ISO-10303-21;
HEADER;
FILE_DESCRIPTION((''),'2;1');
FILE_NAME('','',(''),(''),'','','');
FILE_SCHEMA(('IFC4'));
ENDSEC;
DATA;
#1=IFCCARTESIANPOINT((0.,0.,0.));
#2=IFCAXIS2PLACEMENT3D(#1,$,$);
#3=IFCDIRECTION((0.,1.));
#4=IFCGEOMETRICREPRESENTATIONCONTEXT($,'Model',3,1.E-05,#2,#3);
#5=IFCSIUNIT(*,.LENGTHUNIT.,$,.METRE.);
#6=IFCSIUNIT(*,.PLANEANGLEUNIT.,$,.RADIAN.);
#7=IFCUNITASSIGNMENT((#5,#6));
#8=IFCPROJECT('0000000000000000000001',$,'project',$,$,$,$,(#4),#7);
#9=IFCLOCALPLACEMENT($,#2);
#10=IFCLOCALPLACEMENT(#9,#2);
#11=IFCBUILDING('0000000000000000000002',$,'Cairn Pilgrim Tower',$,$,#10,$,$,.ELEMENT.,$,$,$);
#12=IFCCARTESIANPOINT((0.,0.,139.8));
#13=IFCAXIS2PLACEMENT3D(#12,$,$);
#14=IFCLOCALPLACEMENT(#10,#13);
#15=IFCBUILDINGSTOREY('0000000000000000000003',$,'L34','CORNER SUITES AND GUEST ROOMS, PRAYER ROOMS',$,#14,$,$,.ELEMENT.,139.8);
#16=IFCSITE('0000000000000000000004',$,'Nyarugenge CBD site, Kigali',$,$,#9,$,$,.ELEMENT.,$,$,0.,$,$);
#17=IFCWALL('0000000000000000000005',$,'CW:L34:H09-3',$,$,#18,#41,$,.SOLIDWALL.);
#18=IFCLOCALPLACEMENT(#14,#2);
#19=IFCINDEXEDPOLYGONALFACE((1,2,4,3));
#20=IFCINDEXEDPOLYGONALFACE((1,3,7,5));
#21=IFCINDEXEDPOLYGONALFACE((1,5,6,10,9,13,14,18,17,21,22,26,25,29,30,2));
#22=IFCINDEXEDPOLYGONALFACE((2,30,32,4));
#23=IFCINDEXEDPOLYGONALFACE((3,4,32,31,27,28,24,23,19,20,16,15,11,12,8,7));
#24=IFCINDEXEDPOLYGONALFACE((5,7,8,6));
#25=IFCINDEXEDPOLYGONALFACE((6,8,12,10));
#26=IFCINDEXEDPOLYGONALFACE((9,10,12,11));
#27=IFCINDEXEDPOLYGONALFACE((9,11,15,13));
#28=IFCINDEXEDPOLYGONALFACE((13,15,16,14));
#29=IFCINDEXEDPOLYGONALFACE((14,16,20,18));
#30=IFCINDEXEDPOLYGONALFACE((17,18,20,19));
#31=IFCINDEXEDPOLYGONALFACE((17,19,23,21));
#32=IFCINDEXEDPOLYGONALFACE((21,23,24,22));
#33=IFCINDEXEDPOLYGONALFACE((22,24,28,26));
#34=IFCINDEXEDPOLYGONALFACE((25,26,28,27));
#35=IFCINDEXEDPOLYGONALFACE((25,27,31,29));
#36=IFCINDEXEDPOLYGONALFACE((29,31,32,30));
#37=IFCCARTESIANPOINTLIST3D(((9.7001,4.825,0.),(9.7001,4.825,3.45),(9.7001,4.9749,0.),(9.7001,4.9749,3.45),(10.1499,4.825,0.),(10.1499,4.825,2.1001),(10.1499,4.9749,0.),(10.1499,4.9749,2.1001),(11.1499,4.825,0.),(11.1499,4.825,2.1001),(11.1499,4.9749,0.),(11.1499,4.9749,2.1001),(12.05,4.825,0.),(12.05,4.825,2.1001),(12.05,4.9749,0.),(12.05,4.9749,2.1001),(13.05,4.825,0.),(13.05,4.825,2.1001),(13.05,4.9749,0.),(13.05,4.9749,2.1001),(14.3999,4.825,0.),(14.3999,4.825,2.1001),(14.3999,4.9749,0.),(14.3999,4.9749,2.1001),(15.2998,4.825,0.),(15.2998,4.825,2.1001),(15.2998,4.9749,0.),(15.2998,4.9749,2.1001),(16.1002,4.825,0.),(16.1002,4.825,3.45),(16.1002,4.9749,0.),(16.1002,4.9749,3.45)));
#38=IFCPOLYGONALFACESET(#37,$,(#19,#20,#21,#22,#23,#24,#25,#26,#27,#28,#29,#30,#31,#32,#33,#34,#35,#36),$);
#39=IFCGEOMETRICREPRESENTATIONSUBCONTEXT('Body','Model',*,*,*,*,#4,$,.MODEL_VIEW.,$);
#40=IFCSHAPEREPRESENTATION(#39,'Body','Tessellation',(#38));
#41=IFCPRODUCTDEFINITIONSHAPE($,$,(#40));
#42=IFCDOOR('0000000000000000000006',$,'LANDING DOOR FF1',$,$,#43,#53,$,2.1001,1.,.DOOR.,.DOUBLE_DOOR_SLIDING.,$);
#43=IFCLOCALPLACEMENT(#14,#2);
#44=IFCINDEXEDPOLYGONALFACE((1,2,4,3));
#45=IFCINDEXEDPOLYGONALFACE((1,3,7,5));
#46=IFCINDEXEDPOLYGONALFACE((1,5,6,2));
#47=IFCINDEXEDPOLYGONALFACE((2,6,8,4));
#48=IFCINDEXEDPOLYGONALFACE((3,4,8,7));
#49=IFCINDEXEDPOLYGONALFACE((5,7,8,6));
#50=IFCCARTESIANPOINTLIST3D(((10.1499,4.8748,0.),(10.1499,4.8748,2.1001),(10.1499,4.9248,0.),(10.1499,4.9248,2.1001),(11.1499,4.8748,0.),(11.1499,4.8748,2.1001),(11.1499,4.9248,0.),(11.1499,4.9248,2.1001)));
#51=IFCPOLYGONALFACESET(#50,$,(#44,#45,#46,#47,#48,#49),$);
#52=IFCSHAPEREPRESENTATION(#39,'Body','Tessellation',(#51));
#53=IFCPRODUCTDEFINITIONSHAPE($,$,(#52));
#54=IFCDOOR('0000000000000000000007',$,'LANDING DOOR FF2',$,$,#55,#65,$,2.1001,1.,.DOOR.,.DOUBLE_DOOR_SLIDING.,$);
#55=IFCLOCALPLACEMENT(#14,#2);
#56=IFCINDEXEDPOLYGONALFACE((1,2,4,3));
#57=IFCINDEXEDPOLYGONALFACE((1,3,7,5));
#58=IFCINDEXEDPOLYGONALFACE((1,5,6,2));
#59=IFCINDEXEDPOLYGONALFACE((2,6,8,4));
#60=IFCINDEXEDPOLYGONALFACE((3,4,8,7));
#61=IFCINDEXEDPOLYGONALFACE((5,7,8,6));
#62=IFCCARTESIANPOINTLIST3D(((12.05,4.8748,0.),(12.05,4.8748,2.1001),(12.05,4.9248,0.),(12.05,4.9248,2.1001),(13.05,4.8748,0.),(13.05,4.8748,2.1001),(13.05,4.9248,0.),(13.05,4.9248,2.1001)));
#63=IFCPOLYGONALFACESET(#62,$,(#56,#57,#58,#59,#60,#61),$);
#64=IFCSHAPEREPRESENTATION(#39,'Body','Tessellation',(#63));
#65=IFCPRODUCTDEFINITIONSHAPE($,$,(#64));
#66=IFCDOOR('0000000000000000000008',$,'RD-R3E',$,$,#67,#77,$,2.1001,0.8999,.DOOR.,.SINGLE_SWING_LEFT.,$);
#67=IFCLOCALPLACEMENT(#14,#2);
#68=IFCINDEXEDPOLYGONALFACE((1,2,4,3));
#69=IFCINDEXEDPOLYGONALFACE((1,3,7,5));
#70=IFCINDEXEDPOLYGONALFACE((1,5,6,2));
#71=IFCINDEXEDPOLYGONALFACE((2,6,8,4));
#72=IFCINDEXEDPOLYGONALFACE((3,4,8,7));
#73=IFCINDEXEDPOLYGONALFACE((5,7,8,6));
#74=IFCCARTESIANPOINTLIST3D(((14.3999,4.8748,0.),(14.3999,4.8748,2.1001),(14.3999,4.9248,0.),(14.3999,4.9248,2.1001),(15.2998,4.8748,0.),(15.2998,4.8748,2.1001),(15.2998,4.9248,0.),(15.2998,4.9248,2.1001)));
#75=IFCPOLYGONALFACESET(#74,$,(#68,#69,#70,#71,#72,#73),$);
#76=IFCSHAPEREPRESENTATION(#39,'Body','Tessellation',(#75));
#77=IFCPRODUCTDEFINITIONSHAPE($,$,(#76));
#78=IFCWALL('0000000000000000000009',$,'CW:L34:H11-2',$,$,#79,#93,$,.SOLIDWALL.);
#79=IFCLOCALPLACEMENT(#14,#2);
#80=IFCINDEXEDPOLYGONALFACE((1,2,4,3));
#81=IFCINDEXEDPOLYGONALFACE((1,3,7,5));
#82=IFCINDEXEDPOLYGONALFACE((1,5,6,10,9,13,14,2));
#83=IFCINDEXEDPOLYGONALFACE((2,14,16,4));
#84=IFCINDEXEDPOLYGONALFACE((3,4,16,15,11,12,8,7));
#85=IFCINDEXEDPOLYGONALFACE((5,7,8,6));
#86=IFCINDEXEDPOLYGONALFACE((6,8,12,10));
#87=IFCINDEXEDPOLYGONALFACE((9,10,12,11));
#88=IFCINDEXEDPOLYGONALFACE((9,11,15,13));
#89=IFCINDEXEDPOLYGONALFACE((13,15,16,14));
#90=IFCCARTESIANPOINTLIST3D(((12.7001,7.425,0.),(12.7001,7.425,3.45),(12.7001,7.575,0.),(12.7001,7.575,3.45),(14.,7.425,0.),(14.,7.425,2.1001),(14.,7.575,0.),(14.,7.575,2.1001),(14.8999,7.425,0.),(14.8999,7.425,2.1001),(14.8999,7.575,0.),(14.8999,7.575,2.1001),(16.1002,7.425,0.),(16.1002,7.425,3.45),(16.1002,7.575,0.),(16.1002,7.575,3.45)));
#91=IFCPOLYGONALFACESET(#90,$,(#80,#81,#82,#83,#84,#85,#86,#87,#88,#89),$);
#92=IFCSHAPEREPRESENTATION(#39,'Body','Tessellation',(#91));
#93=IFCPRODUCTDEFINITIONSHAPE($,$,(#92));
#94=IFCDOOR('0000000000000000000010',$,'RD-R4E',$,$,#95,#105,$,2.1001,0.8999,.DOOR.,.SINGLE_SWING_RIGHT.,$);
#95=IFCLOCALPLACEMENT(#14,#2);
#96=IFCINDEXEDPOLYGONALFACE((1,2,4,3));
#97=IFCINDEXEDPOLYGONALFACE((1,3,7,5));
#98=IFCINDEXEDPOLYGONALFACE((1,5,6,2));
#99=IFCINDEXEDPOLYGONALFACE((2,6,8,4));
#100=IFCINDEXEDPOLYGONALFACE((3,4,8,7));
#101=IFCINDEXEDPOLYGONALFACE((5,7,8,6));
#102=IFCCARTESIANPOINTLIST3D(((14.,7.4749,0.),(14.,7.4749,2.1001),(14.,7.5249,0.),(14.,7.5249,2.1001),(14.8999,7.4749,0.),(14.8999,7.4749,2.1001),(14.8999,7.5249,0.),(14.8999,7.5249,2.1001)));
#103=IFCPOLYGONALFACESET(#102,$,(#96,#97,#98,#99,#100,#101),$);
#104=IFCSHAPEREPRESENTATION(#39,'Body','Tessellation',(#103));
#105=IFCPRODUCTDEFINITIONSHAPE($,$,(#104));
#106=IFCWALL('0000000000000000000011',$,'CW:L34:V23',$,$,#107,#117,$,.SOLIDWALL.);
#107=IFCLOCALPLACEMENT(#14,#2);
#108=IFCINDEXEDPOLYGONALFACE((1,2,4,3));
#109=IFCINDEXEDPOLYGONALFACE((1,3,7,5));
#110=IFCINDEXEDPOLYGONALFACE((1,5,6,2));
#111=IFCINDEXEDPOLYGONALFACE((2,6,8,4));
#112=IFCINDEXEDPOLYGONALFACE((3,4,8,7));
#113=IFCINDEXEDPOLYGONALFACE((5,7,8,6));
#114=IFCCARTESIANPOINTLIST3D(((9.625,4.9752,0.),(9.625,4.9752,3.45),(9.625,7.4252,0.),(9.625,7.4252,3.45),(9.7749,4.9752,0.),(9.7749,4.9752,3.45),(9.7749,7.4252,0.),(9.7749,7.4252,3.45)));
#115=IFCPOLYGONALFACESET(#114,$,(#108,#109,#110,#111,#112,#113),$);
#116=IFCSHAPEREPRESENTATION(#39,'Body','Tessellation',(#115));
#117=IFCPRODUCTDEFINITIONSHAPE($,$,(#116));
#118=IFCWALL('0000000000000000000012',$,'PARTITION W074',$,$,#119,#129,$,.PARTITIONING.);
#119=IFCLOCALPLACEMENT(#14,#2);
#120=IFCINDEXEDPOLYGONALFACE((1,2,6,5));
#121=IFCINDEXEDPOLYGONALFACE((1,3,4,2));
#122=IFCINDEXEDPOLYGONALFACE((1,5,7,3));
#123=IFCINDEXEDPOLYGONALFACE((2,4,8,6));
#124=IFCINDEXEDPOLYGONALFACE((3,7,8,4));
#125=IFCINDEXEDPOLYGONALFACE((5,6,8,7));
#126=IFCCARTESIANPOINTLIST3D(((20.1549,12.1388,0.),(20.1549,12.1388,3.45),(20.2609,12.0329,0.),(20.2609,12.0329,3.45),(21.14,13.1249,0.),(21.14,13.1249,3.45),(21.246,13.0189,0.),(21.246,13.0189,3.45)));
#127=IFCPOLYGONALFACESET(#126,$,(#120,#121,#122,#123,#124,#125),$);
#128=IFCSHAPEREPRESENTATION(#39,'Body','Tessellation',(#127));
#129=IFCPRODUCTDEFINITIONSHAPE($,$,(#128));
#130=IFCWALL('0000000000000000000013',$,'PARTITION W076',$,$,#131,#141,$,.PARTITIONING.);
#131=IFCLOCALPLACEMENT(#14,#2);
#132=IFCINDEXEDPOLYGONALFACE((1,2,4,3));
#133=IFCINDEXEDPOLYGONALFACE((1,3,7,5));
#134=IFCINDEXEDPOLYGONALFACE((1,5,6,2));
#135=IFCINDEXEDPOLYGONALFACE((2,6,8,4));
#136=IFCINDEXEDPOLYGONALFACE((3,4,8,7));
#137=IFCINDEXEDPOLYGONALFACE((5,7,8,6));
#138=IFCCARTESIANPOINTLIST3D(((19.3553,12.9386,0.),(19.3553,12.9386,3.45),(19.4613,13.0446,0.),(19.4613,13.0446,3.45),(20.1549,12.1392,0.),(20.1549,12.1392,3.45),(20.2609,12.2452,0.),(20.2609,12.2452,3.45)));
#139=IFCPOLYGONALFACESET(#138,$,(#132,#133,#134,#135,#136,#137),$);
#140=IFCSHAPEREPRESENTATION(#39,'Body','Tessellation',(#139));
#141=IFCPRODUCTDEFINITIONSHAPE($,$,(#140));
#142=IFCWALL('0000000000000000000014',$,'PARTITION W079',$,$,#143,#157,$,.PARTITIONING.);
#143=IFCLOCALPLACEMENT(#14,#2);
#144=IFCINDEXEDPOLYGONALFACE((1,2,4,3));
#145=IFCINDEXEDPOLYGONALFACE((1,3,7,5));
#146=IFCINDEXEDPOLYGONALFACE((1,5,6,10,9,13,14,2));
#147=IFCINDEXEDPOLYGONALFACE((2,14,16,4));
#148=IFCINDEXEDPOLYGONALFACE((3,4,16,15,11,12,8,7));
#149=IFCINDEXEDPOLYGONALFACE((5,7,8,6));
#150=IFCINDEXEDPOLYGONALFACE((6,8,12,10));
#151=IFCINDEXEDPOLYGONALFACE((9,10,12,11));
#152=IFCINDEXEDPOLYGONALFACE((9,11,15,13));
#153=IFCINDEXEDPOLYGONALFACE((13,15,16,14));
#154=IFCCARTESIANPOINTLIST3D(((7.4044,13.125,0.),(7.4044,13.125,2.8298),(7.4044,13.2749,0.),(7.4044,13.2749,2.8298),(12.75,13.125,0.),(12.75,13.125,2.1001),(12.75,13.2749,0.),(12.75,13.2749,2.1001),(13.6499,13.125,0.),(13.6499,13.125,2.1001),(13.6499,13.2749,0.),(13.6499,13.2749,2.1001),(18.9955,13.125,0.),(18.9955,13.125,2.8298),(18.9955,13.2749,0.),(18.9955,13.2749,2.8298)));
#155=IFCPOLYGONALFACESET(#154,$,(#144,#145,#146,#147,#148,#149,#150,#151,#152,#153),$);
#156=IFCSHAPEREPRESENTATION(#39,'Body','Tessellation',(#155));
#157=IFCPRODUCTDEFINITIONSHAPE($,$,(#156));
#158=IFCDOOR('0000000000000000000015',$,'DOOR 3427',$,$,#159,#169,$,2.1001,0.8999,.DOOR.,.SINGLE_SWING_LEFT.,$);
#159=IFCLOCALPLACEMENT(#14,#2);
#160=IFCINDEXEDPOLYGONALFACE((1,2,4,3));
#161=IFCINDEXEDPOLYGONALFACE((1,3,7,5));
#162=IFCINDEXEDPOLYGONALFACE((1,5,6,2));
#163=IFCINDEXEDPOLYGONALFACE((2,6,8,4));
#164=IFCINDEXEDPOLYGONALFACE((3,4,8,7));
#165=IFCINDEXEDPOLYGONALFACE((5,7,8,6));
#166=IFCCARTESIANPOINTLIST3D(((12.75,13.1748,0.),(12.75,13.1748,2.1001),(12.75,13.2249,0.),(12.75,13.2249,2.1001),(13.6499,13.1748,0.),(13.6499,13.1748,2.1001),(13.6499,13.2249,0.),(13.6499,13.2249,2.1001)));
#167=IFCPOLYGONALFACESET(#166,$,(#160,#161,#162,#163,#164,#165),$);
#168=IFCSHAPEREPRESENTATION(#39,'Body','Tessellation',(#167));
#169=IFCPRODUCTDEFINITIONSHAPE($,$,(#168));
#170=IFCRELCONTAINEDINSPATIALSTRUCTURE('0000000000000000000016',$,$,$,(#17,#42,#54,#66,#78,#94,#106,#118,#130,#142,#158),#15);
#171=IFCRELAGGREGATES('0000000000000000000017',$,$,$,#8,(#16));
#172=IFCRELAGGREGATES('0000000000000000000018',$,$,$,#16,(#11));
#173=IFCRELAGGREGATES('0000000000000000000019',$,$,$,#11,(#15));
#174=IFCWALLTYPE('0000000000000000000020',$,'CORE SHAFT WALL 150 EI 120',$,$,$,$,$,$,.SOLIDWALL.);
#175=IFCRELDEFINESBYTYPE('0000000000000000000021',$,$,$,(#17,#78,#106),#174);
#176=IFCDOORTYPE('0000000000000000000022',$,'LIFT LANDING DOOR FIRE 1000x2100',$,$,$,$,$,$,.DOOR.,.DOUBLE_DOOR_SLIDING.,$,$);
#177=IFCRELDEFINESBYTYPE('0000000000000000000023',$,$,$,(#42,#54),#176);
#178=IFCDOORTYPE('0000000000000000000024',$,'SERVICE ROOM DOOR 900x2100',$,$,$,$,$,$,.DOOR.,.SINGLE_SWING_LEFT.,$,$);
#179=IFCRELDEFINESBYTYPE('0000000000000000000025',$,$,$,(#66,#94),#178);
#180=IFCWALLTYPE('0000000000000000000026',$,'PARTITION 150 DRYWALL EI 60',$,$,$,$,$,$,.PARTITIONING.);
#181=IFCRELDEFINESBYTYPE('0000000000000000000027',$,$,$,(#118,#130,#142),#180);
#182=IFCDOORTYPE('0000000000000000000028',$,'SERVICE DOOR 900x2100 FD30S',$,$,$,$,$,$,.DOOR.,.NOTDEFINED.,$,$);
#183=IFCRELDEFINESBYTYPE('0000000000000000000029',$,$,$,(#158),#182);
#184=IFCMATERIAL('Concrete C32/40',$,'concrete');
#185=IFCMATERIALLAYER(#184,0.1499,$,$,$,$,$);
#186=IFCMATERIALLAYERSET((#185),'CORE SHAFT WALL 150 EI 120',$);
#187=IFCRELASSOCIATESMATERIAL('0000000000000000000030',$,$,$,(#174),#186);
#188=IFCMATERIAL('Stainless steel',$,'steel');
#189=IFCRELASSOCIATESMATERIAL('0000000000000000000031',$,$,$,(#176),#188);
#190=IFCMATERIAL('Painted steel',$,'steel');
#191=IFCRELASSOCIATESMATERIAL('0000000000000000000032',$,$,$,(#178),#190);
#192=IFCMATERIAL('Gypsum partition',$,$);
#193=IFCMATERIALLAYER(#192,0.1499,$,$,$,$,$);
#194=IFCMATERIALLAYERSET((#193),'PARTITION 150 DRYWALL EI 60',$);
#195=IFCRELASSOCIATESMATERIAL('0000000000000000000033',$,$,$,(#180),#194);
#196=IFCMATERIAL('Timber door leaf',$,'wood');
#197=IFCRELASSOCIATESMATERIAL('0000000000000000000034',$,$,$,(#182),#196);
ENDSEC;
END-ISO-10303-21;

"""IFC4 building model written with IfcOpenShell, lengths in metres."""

from ifc_helpers import new_model, si_unit, direction, frame, frame_2d, origin, place, context, subcontext, project, spatial, rectangle, extrude, material, layer, layer_set, type_object, element, fill, save


model = new_model("IFC4")

# Units and contexts
model_context = context("Model", 3, precision=1e-05, world=origin(), true_north=direction((0.0, 1.0)))
body_context = subcontext(model_context, "Body", "Model", "MODEL_VIEW")
ifc_project = project(units=[si_unit("LENGTHUNIT", "METRE"), si_unit("PLANEANGLEUNIT", "RADIAN")], contexts=[model_context])

# Site, building, storey
site_placement = place(None, origin())
site = spatial("IfcSite", under=ifc_project, at=site_placement, Name="Nyarugenge CBD site, Kigali", CompositionType="ELEMENT", RefElevation=0.0)
building_placement = place(site_placement, origin())
building = spatial("IfcBuilding", under=site, at=building_placement, Name="Cairn Pilgrim Tower", CompositionType="ELEMENT")
storey_placement = place(building_placement, frame((0.0, 0.0, 139.8)))
storey = spatial("IfcBuildingStorey", under=building, at=storey_placement, Name="L34", Description="CORNER SUITES AND GUEST ROOMS, PRAYER ROOMS", CompositionType="ELEMENT", Elevation=139.8)

# Shared definitions
ifc_material_1 = material(Name="Concrete C32/40", Category="concrete")

# Wall, openings, doors
ifc_layer_1 = layer(ifc_material_1, 0.1499)
ifc_layer_set_1 = layer_set([ifc_layer_1], Name="CORE SHAFT WALL 150 EI 120")
wall_type_1 = type_object("IfcWallType", Name="CORE SHAFT WALL 150 EI 120", PredefinedType="SOLIDWALL", material=ifc_layer_set_1)
wall_1_placement = place(storey_placement, frame((9.7, 4.8999, 0.0), z_axis=(0.0, 0.0, 1.0), x_axis=(1.0, 0.0, 0.0)))
wall_1 = element("IfcWall", 1, at=wall_1_placement, inside=storey, type_object=wall_type_1, Name="CW:L34:H09-3", PredefinedType="SOLIDWALL", context=body_context, shape_type="SweptSolid", body=[
    extrude(rectangle(XDim=6.4001, YDim=0.1499, at=frame_2d((3.2002, 0.0))), origin(), (0.0, 0.0, 1.0), 3.45),
])
opening_1_placement = place(wall_1_placement, frame((0.45, 0.0, 0.0)))
opening_1 = element("IfcOpeningElement", 2, at=opening_1_placement, cuts=wall_1, PredefinedType="OPENING", context=body_context, shape_type="SweptSolid", body=[
    extrude(rectangle(XDim=1.0, YDim=2.1001, at=frame_2d((0.5, 1.05))), frame((0.0, 0.085, 0.0), z_axis=(0.0, -1.0, 0.0), x_axis=(1.0, 0.0, 0.0)), (0.0, 0.0, 1.0), 0.1699),
])
opening_2_placement = place(wall_1_placement, frame((2.3501, 0.0, 0.0)))
opening_2 = element("IfcOpeningElement", 3, at=opening_2_placement, cuts=wall_1, PredefinedType="OPENING", context=body_context, shape_type="SweptSolid", body=[
    extrude(rectangle(XDim=1.0, YDim=2.1001, at=frame_2d((0.5, 1.05))), frame((0.0, 0.085, 0.0), z_axis=(0.0, -1.0, 0.0), x_axis=(1.0, 0.0, 0.0)), (0.0, 0.0, 1.0), 0.1699),
])
opening_3_placement = place(wall_1_placement, frame((4.7, 0.0, 0.0)))
opening_3 = element("IfcOpeningElement", 4, at=opening_3_placement, cuts=wall_1, PredefinedType="OPENING", context=body_context, shape_type="SweptSolid", body=[
    extrude(rectangle(XDim=0.8999, YDim=2.1001, at=frame_2d((0.45, 1.05))), frame((0.0, 0.085, 0.0), z_axis=(0.0, -1.0, 0.0), x_axis=(1.0, 0.0, 0.0)), (0.0, 0.0, 1.0), 0.1699),
])
ifc_material_2 = material(Name="Stainless steel", Category="steel")
door_type_1 = type_object("IfcDoorType", Name="LIFT LANDING DOOR FIRE 1000x2100", OperationType="DOUBLE_DOOR_SLIDING", PredefinedType="DOOR", material=ifc_material_2)
door_1_placement = place(opening_1_placement, origin())
door_1 = element("IfcDoor", 5, at=door_1_placement, inside=storey, type_object=door_type_1, Name="LANDING DOOR FF1", OperationType="DOUBLE_DOOR_SLIDING", OverallHeight=2.1001, OverallWidth=1.0, PredefinedType="DOOR", context=body_context, shape_type="SweptSolid", body=[
    extrude(rectangle(XDim=1.0, YDim=2.1001, at=frame_2d((0.5, 1.05))), frame((0.0, 0.0249, 0.0), z_axis=(0.0, -1.0, 0.0), x_axis=(1.0, 0.0, 0.0)), (0.0, 0.0, 1.0), 0.05),
])
fill(opening_1, door_1)
door_2_placement = place(opening_2_placement, origin())
door_2 = element("IfcDoor", 6, at=door_2_placement, inside=storey, type_object=door_type_1, Name="LANDING DOOR FF2", OperationType="DOUBLE_DOOR_SLIDING", OverallHeight=2.1001, OverallWidth=1.0, PredefinedType="DOOR", context=body_context, shape_type="SweptSolid", body=[
    extrude(rectangle(XDim=1.0, YDim=2.1001, at=frame_2d((0.5, 1.05))), frame((0.0, 0.0249, 0.0), z_axis=(0.0, -1.0, 0.0), x_axis=(1.0, 0.0, 0.0)), (0.0, 0.0, 1.0), 0.05),
])
fill(opening_2, door_2)
ifc_material_3 = material(Name="Painted steel", Category="steel")
door_type_2 = type_object("IfcDoorType", Name="SERVICE ROOM DOOR 900x2100", OperationType="SINGLE_SWING_LEFT", PredefinedType="DOOR", material=ifc_material_3)
door_3_placement = place(opening_3_placement, origin())
door_3 = element("IfcDoor", 7, at=door_3_placement, inside=storey, type_object=door_type_2, Name="RD-R3E", OperationType="SINGLE_SWING_LEFT", OverallHeight=2.1001, OverallWidth=0.8999, PredefinedType="DOOR", context=body_context, shape_type="SweptSolid", body=[
    extrude(rectangle(XDim=0.8999, YDim=2.1001, at=frame_2d((0.45, 1.05))), frame((0.0, 0.0249, 0.0), z_axis=(0.0, -1.0, 0.0), x_axis=(1.0, 0.0, 0.0)), (0.0, 0.0, 1.0), 0.05),
])
fill(opening_3, door_3)

# Wall, opening, door
wall_2_placement = place(storey_placement, frame((12.7, 7.5, 0.0), z_axis=(0.0, 0.0, 1.0), x_axis=(1.0, 0.0, 0.0)))
wall_2 = element("IfcWall", 8, at=wall_2_placement, inside=storey, type_object=wall_type_1, Name="CW:L34:H11-2", PredefinedType="SOLIDWALL", context=body_context, shape_type="SweptSolid", body=[
    extrude(rectangle(XDim=3.4001, YDim=0.1499, at=frame_2d((1.7002, 0.0))), origin(), (0.0, 0.0, 1.0), 3.45),
])
opening_4_placement = place(wall_2_placement, frame((1.3, 0.0, 0.0)))
opening_4 = element("IfcOpeningElement", 9, at=opening_4_placement, cuts=wall_2, PredefinedType="OPENING", context=body_context, shape_type="SweptSolid", body=[
    extrude(rectangle(XDim=0.8999, YDim=2.1001, at=frame_2d((0.45, 1.05))), frame((0.0, 0.085, 0.0), z_axis=(0.0, -1.0, 0.0), x_axis=(1.0, 0.0, 0.0)), (0.0, 0.0, 1.0), 0.1699),
])
door_4_placement = place(opening_4_placement, origin())
door_4 = element("IfcDoor", 10, at=door_4_placement, inside=storey, type_object=door_type_2, Name="RD-R4E", OperationType="SINGLE_SWING_RIGHT", OverallHeight=2.1001, OverallWidth=0.8999, PredefinedType="DOOR", context=body_context, shape_type="SweptSolid", body=[
    extrude(rectangle(XDim=0.8999, YDim=2.1001, at=frame_2d((0.45, 1.05))), frame((0.0, 0.0249, 0.0), z_axis=(0.0, -1.0, 0.0), x_axis=(1.0, 0.0, 0.0)), (0.0, 0.0, 1.0), 0.05),
])
fill(opening_4, door_4)

# Walls
wall_3_placement = place(storey_placement, frame((9.7, 4.9751, 0.0), z_axis=(0.0, 0.0, 1.0), x_axis=(0.0, 1.0, 0.0)))
element("IfcWall", 11, at=wall_3_placement, inside=storey, type_object=wall_type_1, Name="CW:L34:V23", PredefinedType="SOLIDWALL", context=body_context, shape_type="SweptSolid", body=[
    extrude(rectangle(XDim=2.45, YDim=0.1499, at=frame_2d((1.2251, 0.0))), origin(), (0.0, 0.0, 1.0), 3.45),
])
ifc_material_4 = material(Name="Gypsum partition")
ifc_layer_2 = layer(ifc_material_4, 0.1499)
ifc_layer_set_2 = layer_set([ifc_layer_2], Name="PARTITION 150 DRYWALL EI 60")
wall_type_2 = type_object("IfcWallType", Name="PARTITION 150 DRYWALL EI 60", PredefinedType="PARTITIONING", material=ifc_layer_set_2)
wall_4_placement = place(storey_placement, frame((20.208, 12.0859, 0.0), z_axis=(0.0, 0.0, 1.0), x_axis=(0.706756, 0.707457, 0.0)))
element("IfcWall", 12, at=wall_4_placement, inside=storey, type_object=wall_type_2, Name="PARTITION W074", PredefinedType="PARTITIONING", context=body_context, shape_type="SweptSolid", body=[
    extrude(rectangle(XDim=1.3938, YDim=0.1499, at=frame_2d((0.6968, 0.0))), origin(), (0.0, 0.0, 1.0), 3.45),
])
wall_5_placement = place(storey_placement, frame((20.208, 12.1921, 0.0), z_axis=(0.0, 0.0, 1.0), x_axis=(-0.707215, 0.706999, 0.0)))
element("IfcWall", 13, at=wall_5_placement, inside=storey, type_object=wall_type_2, Name="PARTITION W076", PredefinedType="PARTITIONING", context=body_context, shape_type="SweptSolid", body=[
    extrude(rectangle(XDim=1.1306, YDim=0.1499, at=frame_2d((0.5654, 0.0))), origin(), (0.0, 0.0, 1.0), 3.45),
])

# Wall, opening, door
wall_6_placement = place(storey_placement, frame((7.4045, 13.2, 0.0), z_axis=(0.0, 0.0, 1.0), x_axis=(1.0, 0.0, 0.0)))
wall_6 = element("IfcWall", 14, at=wall_6_placement, inside=storey, type_object=wall_type_2, Name="PARTITION W079", PredefinedType="PARTITIONING", context=body_context, shape_type="SweptSolid", body=[
    extrude(rectangle(XDim=11.5911, YDim=0.1499, at=frame_2d((5.7954, 0.0))), origin(), (0.0, 0.0, 1.0), 2.8298),
])
opening_5_placement = place(wall_6_placement, frame((5.3455, 0.0, 0.0)))
opening_5 = element("IfcOpeningElement", 15, at=opening_5_placement, cuts=wall_6, PredefinedType="OPENING", context=body_context, shape_type="SweptSolid", body=[
    extrude(rectangle(XDim=0.8999, YDim=2.1001, at=frame_2d((0.45, 1.05))), frame((0.0, 0.085, 0.0), z_axis=(0.0, -1.0, 0.0), x_axis=(1.0, 0.0, 0.0)), (0.0, 0.0, 1.0), 0.1699),
])
ifc_material_5 = material(Name="Timber door leaf", Category="wood")
door_type_3 = type_object("IfcDoorType", Name="SERVICE DOOR 900x2100 FD30S", OperationType="NOTDEFINED", PredefinedType="DOOR", material=ifc_material_5)
door_5_placement = place(opening_5_placement, origin())
door_5 = element("IfcDoor", 16, at=door_5_placement, inside=storey, type_object=door_type_3, Name="DOOR 3427", OperationType="SINGLE_SWING_LEFT", OverallHeight=2.1001, OverallWidth=0.8999, PredefinedType="DOOR", context=body_context, shape_type="SweptSolid", body=[
    extrude(rectangle(XDim=0.8999, YDim=2.1001, at=frame_2d((0.45, 1.05))), frame((0.0, 0.0249, 0.0), z_axis=(0.0, -1.0, 0.0), x_axis=(1.0, 0.0, 0.0)), (0.0, 0.0, 1.0), 0.05),
])
fill(opening_5, door_5)

save(model, "model.ifc")
